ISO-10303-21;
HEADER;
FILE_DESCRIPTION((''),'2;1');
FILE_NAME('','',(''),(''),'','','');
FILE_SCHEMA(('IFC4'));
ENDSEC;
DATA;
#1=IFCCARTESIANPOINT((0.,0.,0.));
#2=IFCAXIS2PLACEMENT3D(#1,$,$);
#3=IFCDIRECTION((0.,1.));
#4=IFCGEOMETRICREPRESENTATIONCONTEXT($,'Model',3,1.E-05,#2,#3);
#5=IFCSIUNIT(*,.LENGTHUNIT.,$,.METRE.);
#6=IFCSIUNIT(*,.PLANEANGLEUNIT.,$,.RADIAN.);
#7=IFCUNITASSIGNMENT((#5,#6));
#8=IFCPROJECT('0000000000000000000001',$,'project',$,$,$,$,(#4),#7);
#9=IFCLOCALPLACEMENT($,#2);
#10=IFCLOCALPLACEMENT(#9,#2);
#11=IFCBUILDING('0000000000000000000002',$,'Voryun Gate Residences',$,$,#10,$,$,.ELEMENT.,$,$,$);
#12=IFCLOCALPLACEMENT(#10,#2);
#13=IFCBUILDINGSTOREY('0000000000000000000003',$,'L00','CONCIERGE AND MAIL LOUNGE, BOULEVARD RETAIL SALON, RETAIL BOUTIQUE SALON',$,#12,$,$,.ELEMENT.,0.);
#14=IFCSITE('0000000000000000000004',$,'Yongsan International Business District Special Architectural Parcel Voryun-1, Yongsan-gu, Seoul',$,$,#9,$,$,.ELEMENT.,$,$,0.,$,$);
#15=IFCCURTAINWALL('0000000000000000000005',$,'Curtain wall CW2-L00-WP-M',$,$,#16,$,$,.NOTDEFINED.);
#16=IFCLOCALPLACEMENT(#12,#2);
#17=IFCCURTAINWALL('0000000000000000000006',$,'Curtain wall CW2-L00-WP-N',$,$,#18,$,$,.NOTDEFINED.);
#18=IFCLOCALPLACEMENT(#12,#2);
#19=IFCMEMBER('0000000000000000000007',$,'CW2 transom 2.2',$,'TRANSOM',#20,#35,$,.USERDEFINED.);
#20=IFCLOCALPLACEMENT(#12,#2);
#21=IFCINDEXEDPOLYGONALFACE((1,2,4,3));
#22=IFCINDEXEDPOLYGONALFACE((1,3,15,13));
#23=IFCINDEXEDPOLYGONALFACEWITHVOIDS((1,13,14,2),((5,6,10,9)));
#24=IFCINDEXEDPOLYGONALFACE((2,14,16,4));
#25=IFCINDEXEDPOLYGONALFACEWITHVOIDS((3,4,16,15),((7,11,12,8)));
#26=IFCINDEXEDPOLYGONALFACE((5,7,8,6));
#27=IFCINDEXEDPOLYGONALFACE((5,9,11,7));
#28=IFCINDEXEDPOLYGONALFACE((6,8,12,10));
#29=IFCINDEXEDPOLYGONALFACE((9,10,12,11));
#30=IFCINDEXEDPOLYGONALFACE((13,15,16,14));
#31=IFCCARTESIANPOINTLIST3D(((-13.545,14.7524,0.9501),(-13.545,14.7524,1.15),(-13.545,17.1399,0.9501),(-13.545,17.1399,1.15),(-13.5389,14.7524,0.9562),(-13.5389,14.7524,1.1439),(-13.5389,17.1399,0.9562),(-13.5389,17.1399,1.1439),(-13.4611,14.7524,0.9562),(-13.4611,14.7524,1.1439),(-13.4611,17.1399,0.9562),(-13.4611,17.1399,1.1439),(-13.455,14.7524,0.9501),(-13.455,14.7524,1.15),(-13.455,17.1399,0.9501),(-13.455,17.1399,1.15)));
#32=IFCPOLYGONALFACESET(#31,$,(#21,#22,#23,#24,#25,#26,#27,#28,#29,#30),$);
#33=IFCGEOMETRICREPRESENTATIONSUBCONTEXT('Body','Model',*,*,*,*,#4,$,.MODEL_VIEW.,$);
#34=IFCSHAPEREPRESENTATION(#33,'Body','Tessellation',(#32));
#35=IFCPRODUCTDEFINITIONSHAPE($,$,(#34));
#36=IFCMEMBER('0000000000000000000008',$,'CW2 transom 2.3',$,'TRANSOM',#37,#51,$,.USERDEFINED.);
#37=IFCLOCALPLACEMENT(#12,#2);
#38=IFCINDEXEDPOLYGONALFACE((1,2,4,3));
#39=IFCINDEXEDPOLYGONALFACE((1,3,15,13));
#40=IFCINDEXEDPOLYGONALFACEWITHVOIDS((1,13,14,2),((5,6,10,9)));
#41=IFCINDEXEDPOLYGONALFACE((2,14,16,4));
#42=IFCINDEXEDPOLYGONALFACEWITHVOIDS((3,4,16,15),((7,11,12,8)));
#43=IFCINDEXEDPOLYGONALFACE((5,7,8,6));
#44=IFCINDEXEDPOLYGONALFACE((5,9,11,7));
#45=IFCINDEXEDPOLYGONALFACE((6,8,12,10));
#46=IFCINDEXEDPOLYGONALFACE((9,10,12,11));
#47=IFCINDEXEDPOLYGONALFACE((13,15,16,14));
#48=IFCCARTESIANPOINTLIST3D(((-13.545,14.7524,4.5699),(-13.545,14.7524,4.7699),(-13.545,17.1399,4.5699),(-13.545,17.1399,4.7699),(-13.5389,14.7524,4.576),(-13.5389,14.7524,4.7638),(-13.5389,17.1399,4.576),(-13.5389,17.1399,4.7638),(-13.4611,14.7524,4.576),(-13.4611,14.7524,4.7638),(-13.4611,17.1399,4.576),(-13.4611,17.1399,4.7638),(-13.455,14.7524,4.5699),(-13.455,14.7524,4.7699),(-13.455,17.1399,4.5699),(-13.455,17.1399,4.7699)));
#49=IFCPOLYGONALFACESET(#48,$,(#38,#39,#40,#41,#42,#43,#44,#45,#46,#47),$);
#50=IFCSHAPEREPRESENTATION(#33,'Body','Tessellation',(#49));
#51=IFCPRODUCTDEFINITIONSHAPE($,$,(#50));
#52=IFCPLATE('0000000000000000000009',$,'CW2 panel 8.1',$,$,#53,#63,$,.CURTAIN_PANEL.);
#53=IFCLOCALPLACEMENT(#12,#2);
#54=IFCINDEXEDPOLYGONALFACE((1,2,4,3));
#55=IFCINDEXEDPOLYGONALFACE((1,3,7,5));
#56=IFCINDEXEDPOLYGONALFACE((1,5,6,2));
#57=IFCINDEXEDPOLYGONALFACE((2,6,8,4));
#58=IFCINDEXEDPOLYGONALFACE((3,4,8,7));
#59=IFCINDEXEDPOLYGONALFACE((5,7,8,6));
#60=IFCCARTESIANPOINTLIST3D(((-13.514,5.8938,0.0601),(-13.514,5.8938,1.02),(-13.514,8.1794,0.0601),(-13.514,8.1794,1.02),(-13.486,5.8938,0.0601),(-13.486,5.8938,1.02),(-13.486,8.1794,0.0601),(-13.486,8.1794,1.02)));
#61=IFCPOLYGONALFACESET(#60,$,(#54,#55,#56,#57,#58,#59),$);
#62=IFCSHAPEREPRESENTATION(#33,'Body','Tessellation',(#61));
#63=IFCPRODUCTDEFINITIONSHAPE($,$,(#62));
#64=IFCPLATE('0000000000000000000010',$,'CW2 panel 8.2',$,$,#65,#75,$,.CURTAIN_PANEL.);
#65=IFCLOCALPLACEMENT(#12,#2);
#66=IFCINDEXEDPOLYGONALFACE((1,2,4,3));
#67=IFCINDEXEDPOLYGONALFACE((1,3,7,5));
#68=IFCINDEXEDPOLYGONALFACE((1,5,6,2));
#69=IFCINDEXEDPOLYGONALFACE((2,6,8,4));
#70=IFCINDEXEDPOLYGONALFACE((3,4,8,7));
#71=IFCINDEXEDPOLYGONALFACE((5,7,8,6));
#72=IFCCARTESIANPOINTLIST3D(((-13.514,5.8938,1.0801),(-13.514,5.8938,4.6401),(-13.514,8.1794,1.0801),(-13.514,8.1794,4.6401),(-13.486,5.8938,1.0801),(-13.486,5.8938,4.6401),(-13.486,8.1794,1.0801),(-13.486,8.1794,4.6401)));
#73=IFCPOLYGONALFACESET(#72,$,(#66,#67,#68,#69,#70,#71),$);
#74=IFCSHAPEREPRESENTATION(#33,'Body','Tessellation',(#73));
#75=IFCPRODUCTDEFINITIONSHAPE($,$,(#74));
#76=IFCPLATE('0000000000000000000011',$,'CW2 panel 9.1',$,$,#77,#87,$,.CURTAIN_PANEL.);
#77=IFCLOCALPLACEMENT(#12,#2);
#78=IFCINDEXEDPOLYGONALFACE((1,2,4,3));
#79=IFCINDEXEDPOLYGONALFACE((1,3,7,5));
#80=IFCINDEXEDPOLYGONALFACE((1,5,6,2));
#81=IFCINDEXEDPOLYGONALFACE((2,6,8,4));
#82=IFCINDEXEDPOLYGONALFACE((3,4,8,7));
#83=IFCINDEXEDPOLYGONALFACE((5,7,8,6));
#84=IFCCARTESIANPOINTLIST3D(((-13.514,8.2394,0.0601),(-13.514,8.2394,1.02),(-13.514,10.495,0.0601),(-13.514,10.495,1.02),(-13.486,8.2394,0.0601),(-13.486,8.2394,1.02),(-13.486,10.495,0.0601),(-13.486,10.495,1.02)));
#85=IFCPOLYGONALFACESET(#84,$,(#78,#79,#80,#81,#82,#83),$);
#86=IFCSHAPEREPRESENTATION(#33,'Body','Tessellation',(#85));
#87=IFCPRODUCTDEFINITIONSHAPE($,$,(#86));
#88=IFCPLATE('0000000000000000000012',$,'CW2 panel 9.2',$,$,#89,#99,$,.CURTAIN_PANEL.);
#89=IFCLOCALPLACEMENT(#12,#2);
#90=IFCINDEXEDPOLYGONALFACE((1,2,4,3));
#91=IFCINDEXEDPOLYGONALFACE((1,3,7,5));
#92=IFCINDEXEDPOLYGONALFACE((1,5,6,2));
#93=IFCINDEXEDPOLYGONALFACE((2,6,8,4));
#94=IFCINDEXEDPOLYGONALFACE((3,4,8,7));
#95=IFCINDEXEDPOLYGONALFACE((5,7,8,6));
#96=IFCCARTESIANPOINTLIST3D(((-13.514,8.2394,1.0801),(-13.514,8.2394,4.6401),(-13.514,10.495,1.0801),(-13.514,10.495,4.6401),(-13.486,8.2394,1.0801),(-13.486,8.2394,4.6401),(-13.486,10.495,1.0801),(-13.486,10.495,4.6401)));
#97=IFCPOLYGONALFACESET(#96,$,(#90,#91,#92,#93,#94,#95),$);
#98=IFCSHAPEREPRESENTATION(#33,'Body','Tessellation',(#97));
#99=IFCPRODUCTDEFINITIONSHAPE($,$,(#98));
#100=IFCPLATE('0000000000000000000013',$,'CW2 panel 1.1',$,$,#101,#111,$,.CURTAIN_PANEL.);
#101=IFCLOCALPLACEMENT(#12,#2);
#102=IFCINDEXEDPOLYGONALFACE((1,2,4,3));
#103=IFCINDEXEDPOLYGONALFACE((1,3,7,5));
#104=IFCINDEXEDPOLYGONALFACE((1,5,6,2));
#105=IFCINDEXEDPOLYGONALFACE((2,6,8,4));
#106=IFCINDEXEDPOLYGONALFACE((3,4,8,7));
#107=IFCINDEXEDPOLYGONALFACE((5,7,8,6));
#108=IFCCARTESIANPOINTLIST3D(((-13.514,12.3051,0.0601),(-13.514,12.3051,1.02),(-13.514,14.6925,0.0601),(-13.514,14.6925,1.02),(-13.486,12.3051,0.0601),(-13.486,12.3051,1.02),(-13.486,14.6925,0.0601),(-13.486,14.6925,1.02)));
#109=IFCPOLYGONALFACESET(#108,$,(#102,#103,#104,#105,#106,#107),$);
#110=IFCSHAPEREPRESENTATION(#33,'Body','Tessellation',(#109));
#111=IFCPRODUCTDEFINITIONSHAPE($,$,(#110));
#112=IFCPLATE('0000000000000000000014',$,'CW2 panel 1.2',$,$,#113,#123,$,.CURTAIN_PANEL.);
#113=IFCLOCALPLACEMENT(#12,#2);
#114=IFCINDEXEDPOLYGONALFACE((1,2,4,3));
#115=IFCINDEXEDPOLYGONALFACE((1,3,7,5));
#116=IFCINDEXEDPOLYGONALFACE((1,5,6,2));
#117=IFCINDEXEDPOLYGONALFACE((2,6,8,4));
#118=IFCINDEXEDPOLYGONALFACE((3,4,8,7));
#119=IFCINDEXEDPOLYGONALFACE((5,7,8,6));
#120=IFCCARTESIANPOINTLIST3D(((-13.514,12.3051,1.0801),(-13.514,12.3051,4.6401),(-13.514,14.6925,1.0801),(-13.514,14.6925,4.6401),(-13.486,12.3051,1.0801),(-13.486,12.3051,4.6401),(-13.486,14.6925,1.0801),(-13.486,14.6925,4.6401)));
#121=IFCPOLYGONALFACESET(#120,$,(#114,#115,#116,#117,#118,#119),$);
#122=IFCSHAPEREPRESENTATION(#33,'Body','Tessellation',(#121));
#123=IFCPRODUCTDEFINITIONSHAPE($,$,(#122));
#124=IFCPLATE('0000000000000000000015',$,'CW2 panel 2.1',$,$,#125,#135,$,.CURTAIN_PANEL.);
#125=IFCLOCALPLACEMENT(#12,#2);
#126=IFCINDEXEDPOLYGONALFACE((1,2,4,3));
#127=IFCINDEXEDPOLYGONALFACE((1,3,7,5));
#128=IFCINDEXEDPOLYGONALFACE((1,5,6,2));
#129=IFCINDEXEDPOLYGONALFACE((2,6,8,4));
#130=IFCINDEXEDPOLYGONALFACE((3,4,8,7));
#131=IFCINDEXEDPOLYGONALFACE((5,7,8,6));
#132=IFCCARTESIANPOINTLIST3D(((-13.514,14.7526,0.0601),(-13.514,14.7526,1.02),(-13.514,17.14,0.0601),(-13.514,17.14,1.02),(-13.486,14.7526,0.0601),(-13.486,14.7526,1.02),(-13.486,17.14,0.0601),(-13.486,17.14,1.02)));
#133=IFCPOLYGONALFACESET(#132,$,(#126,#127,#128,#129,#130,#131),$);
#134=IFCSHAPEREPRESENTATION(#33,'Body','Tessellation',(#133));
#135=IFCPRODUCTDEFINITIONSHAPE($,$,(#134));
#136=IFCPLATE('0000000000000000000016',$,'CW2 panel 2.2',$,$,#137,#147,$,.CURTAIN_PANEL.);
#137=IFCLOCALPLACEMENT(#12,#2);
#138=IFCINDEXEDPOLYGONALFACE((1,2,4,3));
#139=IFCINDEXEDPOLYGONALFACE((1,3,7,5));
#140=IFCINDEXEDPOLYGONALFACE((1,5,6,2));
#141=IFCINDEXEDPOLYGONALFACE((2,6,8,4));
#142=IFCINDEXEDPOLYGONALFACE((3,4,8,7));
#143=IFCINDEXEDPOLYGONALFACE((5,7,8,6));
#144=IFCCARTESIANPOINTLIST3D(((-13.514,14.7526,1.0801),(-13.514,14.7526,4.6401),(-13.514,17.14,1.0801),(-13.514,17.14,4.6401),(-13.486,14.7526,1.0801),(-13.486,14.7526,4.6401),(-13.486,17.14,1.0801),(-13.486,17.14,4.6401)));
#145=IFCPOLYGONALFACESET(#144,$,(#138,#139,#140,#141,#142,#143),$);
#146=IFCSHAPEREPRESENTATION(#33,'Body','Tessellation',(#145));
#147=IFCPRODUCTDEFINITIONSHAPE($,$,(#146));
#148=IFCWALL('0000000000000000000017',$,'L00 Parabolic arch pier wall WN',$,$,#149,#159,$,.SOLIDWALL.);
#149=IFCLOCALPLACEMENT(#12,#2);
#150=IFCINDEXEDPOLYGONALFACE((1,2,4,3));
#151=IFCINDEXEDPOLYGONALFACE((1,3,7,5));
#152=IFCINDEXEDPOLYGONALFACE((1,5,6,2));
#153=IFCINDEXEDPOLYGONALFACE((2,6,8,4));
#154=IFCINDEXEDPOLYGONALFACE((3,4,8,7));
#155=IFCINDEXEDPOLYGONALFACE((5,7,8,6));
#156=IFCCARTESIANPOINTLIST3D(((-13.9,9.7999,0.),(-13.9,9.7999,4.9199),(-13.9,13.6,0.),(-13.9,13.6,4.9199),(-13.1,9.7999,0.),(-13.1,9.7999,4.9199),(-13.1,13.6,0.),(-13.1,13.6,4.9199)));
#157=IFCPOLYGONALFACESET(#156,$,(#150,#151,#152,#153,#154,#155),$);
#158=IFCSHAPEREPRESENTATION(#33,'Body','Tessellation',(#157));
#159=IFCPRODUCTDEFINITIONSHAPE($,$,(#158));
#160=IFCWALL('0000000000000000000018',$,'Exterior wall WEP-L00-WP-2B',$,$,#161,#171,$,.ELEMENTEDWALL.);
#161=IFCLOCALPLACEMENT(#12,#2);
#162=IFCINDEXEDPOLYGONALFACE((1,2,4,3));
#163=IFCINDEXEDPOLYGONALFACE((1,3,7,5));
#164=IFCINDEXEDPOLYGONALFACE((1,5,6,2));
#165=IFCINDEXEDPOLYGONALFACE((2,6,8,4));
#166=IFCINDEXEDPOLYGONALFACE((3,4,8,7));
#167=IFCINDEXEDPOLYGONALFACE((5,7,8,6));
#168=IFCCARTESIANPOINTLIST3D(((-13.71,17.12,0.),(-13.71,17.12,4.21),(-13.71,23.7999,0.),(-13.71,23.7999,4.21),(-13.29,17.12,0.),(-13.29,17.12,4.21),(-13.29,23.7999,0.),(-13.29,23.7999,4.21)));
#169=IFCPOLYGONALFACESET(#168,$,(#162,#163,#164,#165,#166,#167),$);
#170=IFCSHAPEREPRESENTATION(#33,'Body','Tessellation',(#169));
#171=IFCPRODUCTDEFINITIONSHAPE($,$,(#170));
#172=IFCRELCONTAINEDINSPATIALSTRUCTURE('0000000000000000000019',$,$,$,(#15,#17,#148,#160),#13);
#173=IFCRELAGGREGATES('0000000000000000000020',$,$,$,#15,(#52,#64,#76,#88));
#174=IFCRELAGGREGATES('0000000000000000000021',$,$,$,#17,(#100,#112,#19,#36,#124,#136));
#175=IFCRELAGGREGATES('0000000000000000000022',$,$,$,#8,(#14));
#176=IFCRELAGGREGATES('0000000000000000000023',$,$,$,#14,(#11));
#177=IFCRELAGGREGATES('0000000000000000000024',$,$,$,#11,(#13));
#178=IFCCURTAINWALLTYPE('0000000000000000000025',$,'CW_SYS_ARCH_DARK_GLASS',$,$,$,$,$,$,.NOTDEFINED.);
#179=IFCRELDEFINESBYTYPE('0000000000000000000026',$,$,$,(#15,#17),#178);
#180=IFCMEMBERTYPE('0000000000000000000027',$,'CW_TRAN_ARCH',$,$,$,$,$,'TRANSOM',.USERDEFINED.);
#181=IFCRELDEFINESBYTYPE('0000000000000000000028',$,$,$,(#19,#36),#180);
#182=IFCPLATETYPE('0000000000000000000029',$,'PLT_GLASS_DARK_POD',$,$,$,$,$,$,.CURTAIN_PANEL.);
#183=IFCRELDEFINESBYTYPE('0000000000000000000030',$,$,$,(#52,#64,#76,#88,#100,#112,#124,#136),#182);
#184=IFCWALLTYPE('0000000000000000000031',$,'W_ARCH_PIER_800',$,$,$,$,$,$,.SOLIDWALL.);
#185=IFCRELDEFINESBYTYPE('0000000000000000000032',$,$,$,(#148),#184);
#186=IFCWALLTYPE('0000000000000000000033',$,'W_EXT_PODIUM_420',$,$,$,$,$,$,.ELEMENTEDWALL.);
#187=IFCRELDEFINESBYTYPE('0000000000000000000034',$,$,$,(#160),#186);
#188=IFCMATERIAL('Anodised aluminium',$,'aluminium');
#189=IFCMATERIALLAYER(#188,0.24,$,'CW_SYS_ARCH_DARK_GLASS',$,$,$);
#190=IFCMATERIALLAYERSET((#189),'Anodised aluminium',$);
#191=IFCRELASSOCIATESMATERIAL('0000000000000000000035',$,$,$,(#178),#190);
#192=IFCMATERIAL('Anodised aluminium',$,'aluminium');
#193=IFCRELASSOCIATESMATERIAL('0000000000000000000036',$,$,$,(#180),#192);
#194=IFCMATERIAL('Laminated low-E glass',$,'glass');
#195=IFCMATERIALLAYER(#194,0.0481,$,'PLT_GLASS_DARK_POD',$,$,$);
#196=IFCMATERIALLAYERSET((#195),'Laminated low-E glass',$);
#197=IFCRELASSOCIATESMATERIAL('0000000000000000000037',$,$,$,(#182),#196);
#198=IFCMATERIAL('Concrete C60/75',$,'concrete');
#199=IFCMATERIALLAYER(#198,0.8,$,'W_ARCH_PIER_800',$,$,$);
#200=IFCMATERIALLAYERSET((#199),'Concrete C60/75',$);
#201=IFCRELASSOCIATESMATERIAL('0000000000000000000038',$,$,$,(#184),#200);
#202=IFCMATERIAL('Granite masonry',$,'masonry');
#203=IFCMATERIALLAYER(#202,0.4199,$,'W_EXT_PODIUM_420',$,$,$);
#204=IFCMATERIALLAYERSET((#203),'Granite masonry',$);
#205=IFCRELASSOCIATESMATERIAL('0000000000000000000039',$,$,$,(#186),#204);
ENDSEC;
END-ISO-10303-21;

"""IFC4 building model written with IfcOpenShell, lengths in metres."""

from ifc_helpers import new_model, si_unit, direction, frame, frame_2d, origin, origin_2d, place, context, subcontext, project, spatial, rectangle, hollow_rectangle, extrude, material, layer, layer_set, material_profile, profile_set, type_object, element, aggregate, save


model = new_model("IFC4")

# Units and contexts
model_context = context("Model", 3, precision=1e-05, world=origin(), true_north=direction((0.0, 1.0)))
body_context = subcontext(model_context, "Body", "Model", "MODEL_VIEW")
ifc_project = project(units=[si_unit("LENGTHUNIT", "METRE"), si_unit("PLANEANGLEUNIT", "RADIAN")], contexts=[model_context])

# Site, building, storey
site_placement = place(None, origin())
site = spatial("IfcSite", under=ifc_project, at=site_placement, Name="Yongsan International Business District Special Architectural Parcel Voryun-1, Yongsan-gu, Seoul", CompositionType="ELEMENT", RefElevation=0.0)
building_placement = place(site_placement, origin())
building = spatial("IfcBuilding", under=site, at=building_placement, Name="Voryun Gate Residences", CompositionType="ELEMENT")
storey_placement = place(building_placement, origin())
storey = spatial("IfcBuildingStorey", under=building, at=storey_placement, Name="L00", Description="CONCIERGE AND MAIL LOUNGE, BOULEVARD RETAIL SALON, RETAIL BOUTIQUE SALON", CompositionType="ELEMENT", Elevation=0.0)

# Curtain walls
ifc_material_1 = material(Name="Anodised aluminium", Category="aluminium")
ifc_layer_1 = layer(ifc_material_1, 0.24, Name="CW_SYS_ARCH_DARK_GLASS")
ifc_layer_set_1 = layer_set([ifc_layer_1], Name="Anodised aluminium")
curtain_wall_type = type_object("IfcCurtainWallType", Name="CW_SYS_ARCH_DARK_GLASS", PredefinedType="NOTDEFINED", material=ifc_layer_set_1)
curtain_wall_1_placement = place(storey_placement, origin())
curtain_wall_1 = element("IfcCurtainWall", 1, at=curtain_wall_1_placement, inside=storey, type_object=curtain_wall_type, Name="Curtain wall CW2-L00-WP-M", PredefinedType="NOTDEFINED")
curtain_wall_2_placement = place(storey_placement, origin())
curtain_wall_2 = element("IfcCurtainWall", 2, at=curtain_wall_2_placement, inside=storey, type_object=curtain_wall_type, Name="Curtain wall CW2-L00-WP-N", PredefinedType="NOTDEFINED")

# Members
ifc_material_2 = material(Name="Anodised aluminium", Category="aluminium")
ifc_material_profile_1 = material_profile(ifc_material_2, hollow_rectangle(XDim=0.0901, YDim=0.2, WallThickness=0.0061, at=origin_2d()), Name="ALU-TRAN-200x90x6")
ifc_profile_set_1 = profile_set([ifc_material_profile_1], Name="Anodised aluminium")
member_type_1 = type_object("IfcMemberType", Name="CW_TRAN_ARCH", ElementType="TRANSOM", PredefinedType="USERDEFINED", material=ifc_profile_set_1)
member_1_placement = place(storey_placement, frame((-13.5, 14.7524, 1.05), z_axis=(0.0, 1.0, 0.0), x_axis=(-1.0, 0.0, 0.0)))
member_1 = element("IfcMember", 3, at=member_1_placement, type_object=member_type_1, Name="CW2 transom 2.2", ObjectType="TRANSOM", PredefinedType="USERDEFINED", context=body_context, shape_type="SweptSolid", body=[
    extrude(hollow_rectangle(XDim=0.0901, YDim=0.2, WallThickness=0.0061, at=origin_2d()), origin(), (0.0, 0.0, 1.0), 2.3875),
])
member_2_placement = place(storey_placement, frame((-13.5, 14.7524, 4.6699), z_axis=(0.0, 1.0, 0.0), x_axis=(-1.0, 0.0, 0.0)))
member_2 = element("IfcMember", 4, at=member_2_placement, type_object=member_type_1, Name="CW2 transom 2.3", ObjectType="TRANSOM", PredefinedType="USERDEFINED", context=body_context, shape_type="SweptSolid", body=[
    extrude(hollow_rectangle(XDim=0.0901, YDim=0.2, WallThickness=0.0061, at=origin_2d()), origin(), (0.0, 0.0, 1.0), 2.3875),
])

# Plates
ifc_material_3 = material(Name="Laminated low-E glass", Category="glass")
ifc_layer_2 = layer(ifc_material_3, 0.0481, Name="PLT_GLASS_DARK_POD")
ifc_layer_set_2 = layer_set([ifc_layer_2], Name="Laminated low-E glass")
plate_type = type_object("IfcPlateType", Name="PLT_GLASS_DARK_POD", PredefinedType="CURTAIN_PANEL", material=ifc_layer_set_2)
plate_1_placement = place(storey_placement, frame((-13.5, 7.0366, 0.0601), z_axis=(0.0, 0.0, 1.0), x_axis=(0.0, 1.0, 0.0)))
plate_1 = element("IfcPlate", 5, at=plate_1_placement, type_object=plate_type, Name="CW2 panel 8.1", PredefinedType="CURTAIN_PANEL", context=body_context, shape_type="SweptSolid", body=[
    extrude(rectangle(XDim=2.2856, YDim=0.0281, at=origin_2d()), origin(), (0.0, 0.0, 1.0), 0.96),
])
plate_2_placement = place(storey_placement, frame((-13.5, 7.0366, 1.0801), z_axis=(0.0, 0.0, 1.0), x_axis=(0.0, 1.0, 0.0)))
plate_2 = element("IfcPlate", 6, at=plate_2_placement, type_object=plate_type, Name="CW2 panel 8.2", PredefinedType="CURTAIN_PANEL", context=body_context, shape_type="SweptSolid", body=[
    extrude(rectangle(XDim=2.2856, YDim=0.0281, at=origin_2d()), origin(), (0.0, 0.0, 1.0), 3.5601),
])
plate_3_placement = place(storey_placement, frame((-13.5, 9.3672, 0.0601), z_axis=(0.0, 0.0, 1.0), x_axis=(0.0, 1.0, 0.0)))
plate_3 = element("IfcPlate", 7, at=plate_3_placement, type_object=plate_type, Name="CW2 panel 9.1", PredefinedType="CURTAIN_PANEL", context=body_context, shape_type="SweptSolid", body=[
    extrude(rectangle(XDim=2.2556, YDim=0.0281, at=origin_2d()), origin(), (0.0, 0.0, 1.0), 0.96),
])
plate_4_placement = place(storey_placement, frame((-13.5, 9.3672, 1.0801), z_axis=(0.0, 0.0, 1.0), x_axis=(0.0, 1.0, 0.0)))
plate_4 = element("IfcPlate", 8, at=plate_4_placement, type_object=plate_type, Name="CW2 panel 9.2", PredefinedType="CURTAIN_PANEL", context=body_context, shape_type="SweptSolid", body=[
    extrude(rectangle(XDim=2.2556, YDim=0.0281, at=origin_2d()), origin(), (0.0, 0.0, 1.0), 3.5601),
])
aggregate(curtain_wall_1, [plate_1, plate_2, plate_3, plate_4])
plate_5_placement = place(storey_placement, frame((-13.5, 13.4988, 0.0601), z_axis=(0.0, 0.0, 1.0), x_axis=(0.0, 1.0, 0.0)))
plate_5 = element("IfcPlate", 9, at=plate_5_placement, type_object=plate_type, Name="CW2 panel 1.1", PredefinedType="CURTAIN_PANEL", context=body_context, shape_type="SweptSolid", body=[
    extrude(rectangle(XDim=2.3875, YDim=0.0281, at=origin_2d()), origin(), (0.0, 0.0, 1.0), 0.96),
])
plate_6_placement = place(storey_placement, frame((-13.5, 13.4988, 1.0801), z_axis=(0.0, 0.0, 1.0), x_axis=(0.0, 1.0, 0.0)))
plate_6 = element("IfcPlate", 10, at=plate_6_placement, type_object=plate_type, Name="CW2 panel 1.2", PredefinedType="CURTAIN_PANEL", context=body_context, shape_type="SweptSolid", body=[
    extrude(rectangle(XDim=2.3875, YDim=0.0281, at=origin_2d()), origin(), (0.0, 0.0, 1.0), 3.5601),
])
plate_7_placement = place(storey_placement, frame((-13.5, 15.9463, 0.0601), z_axis=(0.0, 0.0, 1.0), x_axis=(0.0, 1.0, 0.0)))
plate_7 = element("IfcPlate", 11, at=plate_7_placement, type_object=plate_type, Name="CW2 panel 2.1", PredefinedType="CURTAIN_PANEL", context=body_context, shape_type="SweptSolid", body=[
    extrude(rectangle(XDim=2.3875, YDim=0.0281, at=origin_2d()), origin(), (0.0, 0.0, 1.0), 0.96),
])
plate_8_placement = place(storey_placement, frame((-13.5, 15.9463, 1.0801), z_axis=(0.0, 0.0, 1.0), x_axis=(0.0, 1.0, 0.0)))
plate_8 = element("IfcPlate", 12, at=plate_8_placement, type_object=plate_type, Name="CW2 panel 2.2", PredefinedType="CURTAIN_PANEL", context=body_context, shape_type="SweptSolid", body=[
    extrude(rectangle(XDim=2.3875, YDim=0.0281, at=origin_2d()), origin(), (0.0, 0.0, 1.0), 3.5601),
])
aggregate(curtain_wall_2, [plate_5, plate_6, member_1, member_2, plate_7, plate_8])

# Walls
ifc_material_4 = material(Name="Concrete C60/75", Category="concrete")
ifc_layer_3 = layer(ifc_material_4, 0.8, Name="W_ARCH_PIER_800")
ifc_layer_set_3 = layer_set([ifc_layer_3], Name="Concrete C60/75")
wall_type_1 = type_object("IfcWallType", Name="W_ARCH_PIER_800", PredefinedType="SOLIDWALL", material=ifc_layer_set_3)
wall_1_placement = place(storey_placement, frame((-13.5, 9.8, 0.0), z_axis=(0.0, 0.0, 1.0), x_axis=(0.0, 1.0, 0.0)))
element("IfcWall", 13, at=wall_1_placement, inside=storey, type_object=wall_type_1, Name="L00 Parabolic arch pier wall WN", PredefinedType="SOLIDWALL", context=body_context, shape_type="SweptSolid", body=[
    extrude(rectangle(XDim=3.8, YDim=0.8, at=frame_2d((1.8999, 0.0))), origin(), (0.0, 0.0, 1.0), 4.9199),
])
ifc_material_5 = material(Name="Granite masonry", Category="masonry")
ifc_layer_4 = layer(ifc_material_5, 0.4199, Name="W_EXT_PODIUM_420")
ifc_layer_set_4 = layer_set([ifc_layer_4], Name="Granite masonry")
wall_type_2 = type_object("IfcWallType", Name="W_EXT_PODIUM_420", PredefinedType="ELEMENTEDWALL", material=ifc_layer_set_4)
wall_2_placement = place(storey_placement, frame((-13.5, 17.1201, 0.0), z_axis=(0.0, 0.0, 1.0), x_axis=(0.0, 1.0, 0.0)))
element("IfcWall", 14, at=wall_2_placement, inside=storey, type_object=wall_type_2, Name="Exterior wall WEP-L00-WP-2B", PredefinedType="ELEMENTEDWALL", context=body_context, shape_type="SweptSolid", body=[
    extrude(rectangle(XDim=6.6799, YDim=0.4199, at=frame_2d((3.3398, 0.0))), origin(), (0.0, 0.0, 1.0), 4.21),
])

save(model, "model.ifc")
